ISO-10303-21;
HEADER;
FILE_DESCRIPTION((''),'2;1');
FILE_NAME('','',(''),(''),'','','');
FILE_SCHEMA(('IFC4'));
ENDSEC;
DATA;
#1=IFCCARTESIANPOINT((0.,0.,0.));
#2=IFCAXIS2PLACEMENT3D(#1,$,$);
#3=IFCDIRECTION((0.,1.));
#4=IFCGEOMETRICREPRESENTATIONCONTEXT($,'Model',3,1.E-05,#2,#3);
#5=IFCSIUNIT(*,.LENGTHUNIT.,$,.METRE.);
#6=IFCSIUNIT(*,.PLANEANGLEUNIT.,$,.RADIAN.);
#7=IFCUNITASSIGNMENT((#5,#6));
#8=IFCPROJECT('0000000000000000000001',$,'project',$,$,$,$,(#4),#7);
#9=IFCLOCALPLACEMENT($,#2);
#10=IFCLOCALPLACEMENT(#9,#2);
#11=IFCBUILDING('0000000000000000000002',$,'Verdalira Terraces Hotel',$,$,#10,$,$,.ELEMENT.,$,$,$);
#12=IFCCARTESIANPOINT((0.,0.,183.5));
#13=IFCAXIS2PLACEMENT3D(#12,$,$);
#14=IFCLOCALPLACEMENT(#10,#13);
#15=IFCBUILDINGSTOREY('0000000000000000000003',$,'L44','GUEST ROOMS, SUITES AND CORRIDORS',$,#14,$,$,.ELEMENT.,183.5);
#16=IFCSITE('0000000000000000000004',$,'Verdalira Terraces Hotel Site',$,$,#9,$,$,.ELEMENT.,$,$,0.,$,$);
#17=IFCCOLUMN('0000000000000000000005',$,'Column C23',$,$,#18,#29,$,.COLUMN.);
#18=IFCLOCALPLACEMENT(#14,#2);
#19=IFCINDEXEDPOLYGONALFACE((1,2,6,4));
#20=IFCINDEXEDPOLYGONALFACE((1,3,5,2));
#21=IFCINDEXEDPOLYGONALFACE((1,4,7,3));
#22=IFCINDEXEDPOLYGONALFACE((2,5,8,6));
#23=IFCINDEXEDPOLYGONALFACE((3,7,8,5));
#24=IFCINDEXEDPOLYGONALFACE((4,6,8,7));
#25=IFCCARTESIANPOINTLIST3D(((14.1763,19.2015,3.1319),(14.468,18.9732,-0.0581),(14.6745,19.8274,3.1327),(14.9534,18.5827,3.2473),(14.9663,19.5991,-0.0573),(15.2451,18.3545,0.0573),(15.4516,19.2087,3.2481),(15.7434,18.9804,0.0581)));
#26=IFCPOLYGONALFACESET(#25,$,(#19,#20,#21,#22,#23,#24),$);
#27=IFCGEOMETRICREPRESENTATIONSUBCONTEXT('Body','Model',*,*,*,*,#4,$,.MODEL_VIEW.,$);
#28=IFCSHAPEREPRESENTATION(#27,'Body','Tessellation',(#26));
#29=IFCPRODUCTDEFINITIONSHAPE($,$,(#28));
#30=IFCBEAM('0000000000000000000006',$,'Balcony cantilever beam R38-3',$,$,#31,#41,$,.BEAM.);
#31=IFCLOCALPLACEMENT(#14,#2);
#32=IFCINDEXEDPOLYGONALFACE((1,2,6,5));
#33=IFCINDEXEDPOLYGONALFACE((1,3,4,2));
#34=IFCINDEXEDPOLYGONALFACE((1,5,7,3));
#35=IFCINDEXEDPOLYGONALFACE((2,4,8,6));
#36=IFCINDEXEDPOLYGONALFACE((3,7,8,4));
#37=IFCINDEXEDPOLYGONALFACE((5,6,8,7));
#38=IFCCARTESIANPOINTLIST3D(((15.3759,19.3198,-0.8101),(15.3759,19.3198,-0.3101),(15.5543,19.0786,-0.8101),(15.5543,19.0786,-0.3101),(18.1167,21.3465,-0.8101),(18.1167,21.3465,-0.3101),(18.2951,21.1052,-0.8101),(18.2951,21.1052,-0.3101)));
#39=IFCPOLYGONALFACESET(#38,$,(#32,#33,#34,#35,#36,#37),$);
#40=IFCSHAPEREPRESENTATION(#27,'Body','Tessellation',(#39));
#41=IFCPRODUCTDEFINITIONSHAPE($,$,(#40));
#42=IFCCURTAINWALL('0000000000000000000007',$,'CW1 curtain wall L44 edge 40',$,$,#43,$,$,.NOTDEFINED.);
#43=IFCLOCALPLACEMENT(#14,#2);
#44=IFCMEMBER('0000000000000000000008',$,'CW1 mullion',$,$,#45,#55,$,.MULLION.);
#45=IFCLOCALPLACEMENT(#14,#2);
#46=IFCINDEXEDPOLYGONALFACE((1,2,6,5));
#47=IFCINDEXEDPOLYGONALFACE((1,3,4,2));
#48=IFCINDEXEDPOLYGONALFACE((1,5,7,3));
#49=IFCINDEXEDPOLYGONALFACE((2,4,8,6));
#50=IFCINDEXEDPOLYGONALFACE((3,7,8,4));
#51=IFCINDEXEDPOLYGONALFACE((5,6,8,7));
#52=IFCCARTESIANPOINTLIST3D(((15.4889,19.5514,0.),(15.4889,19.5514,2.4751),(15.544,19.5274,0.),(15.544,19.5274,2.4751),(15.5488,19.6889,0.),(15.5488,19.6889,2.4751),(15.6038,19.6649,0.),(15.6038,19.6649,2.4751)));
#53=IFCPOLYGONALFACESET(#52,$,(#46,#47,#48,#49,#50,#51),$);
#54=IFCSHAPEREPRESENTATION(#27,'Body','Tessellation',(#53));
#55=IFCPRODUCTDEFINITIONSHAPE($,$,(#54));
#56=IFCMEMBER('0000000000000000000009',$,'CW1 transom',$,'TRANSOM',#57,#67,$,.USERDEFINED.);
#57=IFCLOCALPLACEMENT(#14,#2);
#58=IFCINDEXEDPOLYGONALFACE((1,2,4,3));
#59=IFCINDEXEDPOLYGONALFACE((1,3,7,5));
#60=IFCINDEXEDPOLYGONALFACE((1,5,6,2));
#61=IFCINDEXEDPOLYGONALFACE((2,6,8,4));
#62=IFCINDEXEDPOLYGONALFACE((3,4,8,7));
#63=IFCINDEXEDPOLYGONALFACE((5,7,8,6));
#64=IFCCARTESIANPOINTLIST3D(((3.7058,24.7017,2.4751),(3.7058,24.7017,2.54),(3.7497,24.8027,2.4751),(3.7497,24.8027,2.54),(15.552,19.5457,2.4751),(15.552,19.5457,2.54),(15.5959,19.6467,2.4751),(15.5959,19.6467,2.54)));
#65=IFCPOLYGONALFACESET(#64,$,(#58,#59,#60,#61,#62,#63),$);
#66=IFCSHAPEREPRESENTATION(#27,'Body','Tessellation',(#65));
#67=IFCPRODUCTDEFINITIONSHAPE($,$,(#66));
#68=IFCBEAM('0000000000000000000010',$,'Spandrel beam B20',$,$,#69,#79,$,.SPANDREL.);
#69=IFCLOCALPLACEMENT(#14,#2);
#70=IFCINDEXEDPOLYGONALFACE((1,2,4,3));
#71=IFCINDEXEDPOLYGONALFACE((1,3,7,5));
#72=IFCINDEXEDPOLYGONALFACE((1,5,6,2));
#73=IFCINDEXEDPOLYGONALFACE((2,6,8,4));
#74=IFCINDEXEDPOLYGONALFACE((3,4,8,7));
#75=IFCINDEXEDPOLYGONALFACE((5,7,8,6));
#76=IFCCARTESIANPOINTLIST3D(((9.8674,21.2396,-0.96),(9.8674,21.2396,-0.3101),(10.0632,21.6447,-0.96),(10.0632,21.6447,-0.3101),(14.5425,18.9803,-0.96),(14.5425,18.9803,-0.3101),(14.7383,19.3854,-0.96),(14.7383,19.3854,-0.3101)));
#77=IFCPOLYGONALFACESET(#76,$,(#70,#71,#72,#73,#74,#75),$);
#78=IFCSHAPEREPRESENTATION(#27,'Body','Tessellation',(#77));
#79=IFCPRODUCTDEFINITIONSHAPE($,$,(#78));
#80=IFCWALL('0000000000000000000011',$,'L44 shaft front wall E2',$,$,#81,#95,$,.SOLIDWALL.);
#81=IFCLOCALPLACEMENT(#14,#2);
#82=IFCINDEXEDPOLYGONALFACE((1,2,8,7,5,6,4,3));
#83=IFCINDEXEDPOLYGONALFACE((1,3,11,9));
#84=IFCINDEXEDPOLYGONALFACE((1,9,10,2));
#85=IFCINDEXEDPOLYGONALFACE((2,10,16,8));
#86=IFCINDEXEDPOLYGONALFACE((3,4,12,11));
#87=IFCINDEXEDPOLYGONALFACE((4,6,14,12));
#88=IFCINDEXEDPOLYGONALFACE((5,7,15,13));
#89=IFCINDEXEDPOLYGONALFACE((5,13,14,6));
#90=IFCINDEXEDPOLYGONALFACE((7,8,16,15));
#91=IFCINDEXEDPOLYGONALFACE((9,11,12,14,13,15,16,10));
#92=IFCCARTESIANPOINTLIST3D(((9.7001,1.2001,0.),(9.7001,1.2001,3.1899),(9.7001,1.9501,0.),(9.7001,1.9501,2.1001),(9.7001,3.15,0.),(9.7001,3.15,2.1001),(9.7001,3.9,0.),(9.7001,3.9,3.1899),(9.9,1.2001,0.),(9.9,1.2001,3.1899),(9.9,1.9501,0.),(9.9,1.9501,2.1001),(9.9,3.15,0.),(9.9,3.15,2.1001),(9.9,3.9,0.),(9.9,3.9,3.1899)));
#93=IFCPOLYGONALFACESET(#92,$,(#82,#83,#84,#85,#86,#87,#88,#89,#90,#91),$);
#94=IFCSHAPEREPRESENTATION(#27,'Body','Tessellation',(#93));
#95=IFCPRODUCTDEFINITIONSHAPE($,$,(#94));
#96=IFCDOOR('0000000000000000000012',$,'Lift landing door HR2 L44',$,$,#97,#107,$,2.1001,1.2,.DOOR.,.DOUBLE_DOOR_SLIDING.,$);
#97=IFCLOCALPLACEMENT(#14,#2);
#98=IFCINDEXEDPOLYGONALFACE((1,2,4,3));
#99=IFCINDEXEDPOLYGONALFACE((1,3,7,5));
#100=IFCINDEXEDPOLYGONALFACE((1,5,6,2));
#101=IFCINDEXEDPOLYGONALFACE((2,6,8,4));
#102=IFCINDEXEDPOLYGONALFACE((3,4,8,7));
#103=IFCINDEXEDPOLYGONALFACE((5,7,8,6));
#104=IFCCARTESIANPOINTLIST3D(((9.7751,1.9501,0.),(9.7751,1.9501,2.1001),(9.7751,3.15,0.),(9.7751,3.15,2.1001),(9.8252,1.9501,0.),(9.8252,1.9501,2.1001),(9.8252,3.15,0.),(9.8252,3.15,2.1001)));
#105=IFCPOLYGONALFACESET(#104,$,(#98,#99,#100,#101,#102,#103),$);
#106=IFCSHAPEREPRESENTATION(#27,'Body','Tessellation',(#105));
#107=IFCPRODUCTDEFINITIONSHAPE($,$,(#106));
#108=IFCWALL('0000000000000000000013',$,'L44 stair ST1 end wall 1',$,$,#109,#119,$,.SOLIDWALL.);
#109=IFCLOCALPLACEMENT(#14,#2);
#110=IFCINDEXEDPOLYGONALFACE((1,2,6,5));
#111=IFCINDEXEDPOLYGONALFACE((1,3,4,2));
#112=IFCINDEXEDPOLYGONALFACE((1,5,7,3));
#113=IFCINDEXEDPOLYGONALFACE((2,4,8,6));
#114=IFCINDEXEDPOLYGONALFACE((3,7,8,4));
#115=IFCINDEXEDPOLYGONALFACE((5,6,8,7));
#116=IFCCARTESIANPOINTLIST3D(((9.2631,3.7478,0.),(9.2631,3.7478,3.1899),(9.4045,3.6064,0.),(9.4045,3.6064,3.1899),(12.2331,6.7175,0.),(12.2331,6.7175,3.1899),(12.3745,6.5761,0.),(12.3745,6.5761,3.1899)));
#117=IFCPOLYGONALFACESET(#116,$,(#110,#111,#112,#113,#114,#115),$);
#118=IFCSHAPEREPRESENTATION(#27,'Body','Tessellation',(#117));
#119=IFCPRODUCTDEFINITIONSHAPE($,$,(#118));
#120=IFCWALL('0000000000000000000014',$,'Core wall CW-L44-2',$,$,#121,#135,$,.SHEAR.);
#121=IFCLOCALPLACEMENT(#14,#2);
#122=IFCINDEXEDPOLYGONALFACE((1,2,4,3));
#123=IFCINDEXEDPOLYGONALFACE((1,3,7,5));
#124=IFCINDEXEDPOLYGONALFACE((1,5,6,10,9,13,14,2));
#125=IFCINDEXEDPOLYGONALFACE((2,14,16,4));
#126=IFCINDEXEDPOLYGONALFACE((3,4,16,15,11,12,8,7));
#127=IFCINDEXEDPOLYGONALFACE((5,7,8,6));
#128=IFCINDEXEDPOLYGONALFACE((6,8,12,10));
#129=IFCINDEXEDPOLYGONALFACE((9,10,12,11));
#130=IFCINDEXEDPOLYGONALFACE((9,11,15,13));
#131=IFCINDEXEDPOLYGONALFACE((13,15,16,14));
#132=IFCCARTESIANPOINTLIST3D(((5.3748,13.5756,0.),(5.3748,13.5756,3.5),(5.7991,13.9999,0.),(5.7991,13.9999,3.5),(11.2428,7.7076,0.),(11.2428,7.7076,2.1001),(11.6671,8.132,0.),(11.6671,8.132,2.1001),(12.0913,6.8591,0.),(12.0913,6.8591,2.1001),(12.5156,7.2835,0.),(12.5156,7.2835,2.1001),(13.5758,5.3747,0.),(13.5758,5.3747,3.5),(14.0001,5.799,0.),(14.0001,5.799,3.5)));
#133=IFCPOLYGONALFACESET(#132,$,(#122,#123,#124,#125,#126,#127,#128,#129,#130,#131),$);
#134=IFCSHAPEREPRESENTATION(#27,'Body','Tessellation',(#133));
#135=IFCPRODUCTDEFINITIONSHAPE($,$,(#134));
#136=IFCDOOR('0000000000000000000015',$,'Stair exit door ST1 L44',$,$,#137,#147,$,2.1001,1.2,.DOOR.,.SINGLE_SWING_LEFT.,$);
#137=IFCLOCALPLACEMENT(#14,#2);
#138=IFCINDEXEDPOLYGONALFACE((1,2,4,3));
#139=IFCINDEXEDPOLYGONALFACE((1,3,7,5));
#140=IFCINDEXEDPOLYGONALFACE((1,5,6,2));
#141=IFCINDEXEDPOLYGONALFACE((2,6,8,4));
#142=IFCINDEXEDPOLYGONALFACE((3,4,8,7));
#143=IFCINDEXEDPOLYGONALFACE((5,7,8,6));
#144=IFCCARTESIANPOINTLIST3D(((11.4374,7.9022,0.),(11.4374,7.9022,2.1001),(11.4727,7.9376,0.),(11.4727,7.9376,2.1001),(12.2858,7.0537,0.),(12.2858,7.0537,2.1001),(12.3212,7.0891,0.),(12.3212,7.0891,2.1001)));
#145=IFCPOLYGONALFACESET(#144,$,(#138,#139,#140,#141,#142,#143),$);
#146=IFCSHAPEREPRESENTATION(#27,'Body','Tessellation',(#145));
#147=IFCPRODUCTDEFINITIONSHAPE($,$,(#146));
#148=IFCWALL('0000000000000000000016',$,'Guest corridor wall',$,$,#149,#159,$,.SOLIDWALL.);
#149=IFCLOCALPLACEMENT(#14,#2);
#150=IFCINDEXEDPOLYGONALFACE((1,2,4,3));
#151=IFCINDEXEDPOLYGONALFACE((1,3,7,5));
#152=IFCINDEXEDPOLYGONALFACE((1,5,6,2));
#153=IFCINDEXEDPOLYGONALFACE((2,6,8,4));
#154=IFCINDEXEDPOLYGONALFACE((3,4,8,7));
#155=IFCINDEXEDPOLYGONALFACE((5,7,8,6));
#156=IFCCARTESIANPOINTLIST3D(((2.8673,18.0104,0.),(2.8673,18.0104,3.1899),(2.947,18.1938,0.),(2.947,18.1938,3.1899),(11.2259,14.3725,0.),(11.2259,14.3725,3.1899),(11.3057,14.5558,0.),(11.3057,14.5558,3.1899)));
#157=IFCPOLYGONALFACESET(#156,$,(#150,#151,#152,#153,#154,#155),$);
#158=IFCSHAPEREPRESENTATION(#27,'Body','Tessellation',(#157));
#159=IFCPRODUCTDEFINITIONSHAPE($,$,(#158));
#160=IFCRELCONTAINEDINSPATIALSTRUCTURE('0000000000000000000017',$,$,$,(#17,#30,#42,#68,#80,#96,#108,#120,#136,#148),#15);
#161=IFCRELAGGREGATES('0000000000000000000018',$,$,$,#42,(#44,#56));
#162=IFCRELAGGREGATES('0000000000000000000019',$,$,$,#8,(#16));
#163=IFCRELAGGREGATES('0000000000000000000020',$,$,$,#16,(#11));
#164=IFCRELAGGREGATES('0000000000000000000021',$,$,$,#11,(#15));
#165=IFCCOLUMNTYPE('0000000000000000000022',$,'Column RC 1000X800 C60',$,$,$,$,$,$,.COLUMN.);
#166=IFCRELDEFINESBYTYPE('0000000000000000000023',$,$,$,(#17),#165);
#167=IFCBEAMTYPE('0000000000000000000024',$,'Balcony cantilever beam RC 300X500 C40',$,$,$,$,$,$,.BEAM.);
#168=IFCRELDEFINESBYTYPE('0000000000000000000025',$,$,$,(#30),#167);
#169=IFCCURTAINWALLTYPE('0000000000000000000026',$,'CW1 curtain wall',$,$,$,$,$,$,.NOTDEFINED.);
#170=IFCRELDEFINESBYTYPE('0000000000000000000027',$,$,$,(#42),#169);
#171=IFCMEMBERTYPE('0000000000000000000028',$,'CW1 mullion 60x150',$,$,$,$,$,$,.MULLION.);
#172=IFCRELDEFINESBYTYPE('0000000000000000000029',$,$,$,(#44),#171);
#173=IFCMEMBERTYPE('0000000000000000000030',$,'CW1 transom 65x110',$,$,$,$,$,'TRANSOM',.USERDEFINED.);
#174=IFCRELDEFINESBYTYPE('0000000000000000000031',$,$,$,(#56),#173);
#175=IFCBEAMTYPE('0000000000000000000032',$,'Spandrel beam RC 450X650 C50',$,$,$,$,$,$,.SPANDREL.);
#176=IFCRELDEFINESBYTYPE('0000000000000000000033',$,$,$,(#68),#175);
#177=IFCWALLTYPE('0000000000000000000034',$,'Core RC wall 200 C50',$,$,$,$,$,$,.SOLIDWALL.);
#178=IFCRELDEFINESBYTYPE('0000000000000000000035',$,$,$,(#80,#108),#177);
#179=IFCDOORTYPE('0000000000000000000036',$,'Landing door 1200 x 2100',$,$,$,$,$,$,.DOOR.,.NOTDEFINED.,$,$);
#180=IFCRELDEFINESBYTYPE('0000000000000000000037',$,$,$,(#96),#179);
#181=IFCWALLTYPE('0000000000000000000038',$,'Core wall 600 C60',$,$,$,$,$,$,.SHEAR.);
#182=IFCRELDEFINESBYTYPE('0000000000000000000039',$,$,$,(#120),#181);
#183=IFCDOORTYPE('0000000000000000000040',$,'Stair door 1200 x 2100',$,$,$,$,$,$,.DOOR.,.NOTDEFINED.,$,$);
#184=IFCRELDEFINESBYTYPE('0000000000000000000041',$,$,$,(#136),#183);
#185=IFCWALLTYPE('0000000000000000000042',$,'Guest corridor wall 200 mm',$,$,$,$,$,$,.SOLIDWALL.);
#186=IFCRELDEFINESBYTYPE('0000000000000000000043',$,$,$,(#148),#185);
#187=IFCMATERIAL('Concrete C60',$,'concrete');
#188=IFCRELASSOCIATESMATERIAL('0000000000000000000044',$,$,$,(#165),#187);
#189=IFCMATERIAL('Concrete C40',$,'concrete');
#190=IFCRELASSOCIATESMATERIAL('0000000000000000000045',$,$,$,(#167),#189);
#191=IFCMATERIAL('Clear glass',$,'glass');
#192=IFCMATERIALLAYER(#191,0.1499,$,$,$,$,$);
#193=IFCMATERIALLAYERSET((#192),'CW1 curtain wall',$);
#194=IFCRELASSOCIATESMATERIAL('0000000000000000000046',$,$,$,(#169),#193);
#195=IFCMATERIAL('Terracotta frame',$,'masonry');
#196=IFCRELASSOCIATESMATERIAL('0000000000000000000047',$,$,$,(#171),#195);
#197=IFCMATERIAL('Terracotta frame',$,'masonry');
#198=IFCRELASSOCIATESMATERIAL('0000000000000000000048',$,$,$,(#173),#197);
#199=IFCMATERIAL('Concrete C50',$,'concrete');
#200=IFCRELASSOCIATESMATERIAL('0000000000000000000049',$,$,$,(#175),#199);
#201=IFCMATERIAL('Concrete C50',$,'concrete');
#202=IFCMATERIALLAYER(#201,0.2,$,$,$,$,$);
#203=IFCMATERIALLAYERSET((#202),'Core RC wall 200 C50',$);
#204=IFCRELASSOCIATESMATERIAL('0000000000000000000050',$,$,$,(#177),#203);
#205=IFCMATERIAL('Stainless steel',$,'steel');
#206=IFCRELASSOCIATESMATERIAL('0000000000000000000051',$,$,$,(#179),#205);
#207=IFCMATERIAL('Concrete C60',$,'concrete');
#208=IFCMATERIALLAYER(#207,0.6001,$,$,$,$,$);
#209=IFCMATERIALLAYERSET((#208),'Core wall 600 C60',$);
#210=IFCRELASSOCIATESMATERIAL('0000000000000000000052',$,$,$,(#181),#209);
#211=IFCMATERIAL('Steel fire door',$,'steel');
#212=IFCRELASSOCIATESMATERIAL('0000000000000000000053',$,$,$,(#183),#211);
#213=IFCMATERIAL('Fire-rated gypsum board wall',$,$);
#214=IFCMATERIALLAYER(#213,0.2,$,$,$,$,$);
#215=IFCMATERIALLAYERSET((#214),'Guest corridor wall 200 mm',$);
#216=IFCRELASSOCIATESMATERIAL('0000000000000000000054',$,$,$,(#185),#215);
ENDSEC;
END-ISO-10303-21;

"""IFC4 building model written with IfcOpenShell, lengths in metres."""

from ifc_helpers import new_model, si_unit, direction, frame, frame_2d, origin, origin_2d, place, context, subcontext, project, spatial, rectangle, extrude, material, layer, layer_set, material_profile, profile_set, type_object, element, fill, aggregate, save


model = new_model("IFC4")

# Units and contexts
model_context = context("Model", 3, precision=1e-05, world=origin(), true_north=direction((0.0, 1.0)))
body_context = subcontext(model_context, "Body", "Model", "MODEL_VIEW")
ifc_project = project(units=[si_unit("LENGTHUNIT", "METRE"), si_unit("PLANEANGLEUNIT", "RADIAN")], contexts=[model_context])

# Site, building, storey
site_placement = place(None, origin())
site = spatial("IfcSite", under=ifc_project, at=site_placement, Name="Verdalira Terraces Hotel Site", CompositionType="ELEMENT", RefElevation=0.0)
building_placement = place(site_placement, origin())
building = spatial("IfcBuilding", under=site, at=building_placement, Name="Verdalira Terraces Hotel", CompositionType="ELEMENT")
storey_placement = place(building_placement, frame((0.0, 0.0, 183.5)))
storey = spatial("IfcBuildingStorey", under=building, at=storey_placement, Name="L44", Description="GUEST ROOMS, SUITES AND CORRIDORS", CompositionType="ELEMENT", Elevation=183.5)

# Column
ifc_material_1 = material(Name="Concrete C60", Category="concrete")
ifc_material_profile_1 = material_profile(ifc_material_1, rectangle(XDim=1.0, YDim=0.8, at=origin_2d()), Name="RC 1000X800")
ifc_profile_set_1 = profile_set([ifc_material_profile_1], Name="Concrete C60")
column_type = type_object("IfcColumnType", Name="Column RC 1000X800 C60", PredefinedType="COLUMN", material=ifc_profile_set_1)
column_placement = place(storey_placement, frame((15.1057, 18.9768, 0.0), z_axis=(-0.090848, 0.071082, 0.993325), x_axis=(0.777093, -0.618726, 0.115348)))
element("IfcColumn", 1, at=column_placement, inside=storey, type_object=column_type, Name="Column C23", PredefinedType="COLUMN", context=body_context, shape_type="SweptSolid", body=[
    extrude(rectangle(XDim=1.0, YDim=0.8, at=origin_2d()), origin(), (0.0, 0.0, 1.0), 3.2114),
])

# Beam
ifc_material_2 = material(Name="Concrete C40", Category="concrete")
ifc_material_profile_2 = material_profile(ifc_material_2, rectangle(XDim=0.3, YDim=0.5, at=origin_2d()), Name="RC 300X500")
ifc_profile_set_2 = profile_set([ifc_material_profile_2], Name="Concrete C40")
beam_type_1 = type_object("IfcBeamType", Name="Balcony cantilever beam RC 300X500 C40", PredefinedType="BEAM", material=ifc_profile_set_2)
beam_1_placement = place(storey_placement, frame((15.4651, 19.1992, -0.5601), z_axis=(0.804056, 0.594554, 0.0), x_axis=(-0.594554, 0.804056, 0.0)))
element("IfcBeam", 2, at=beam_1_placement, inside=storey, type_object=beam_type_1, Name="Balcony cantilever beam R38-3", PredefinedType="BEAM", context=body_context, shape_type="SweptSolid", body=[
    extrude(rectangle(XDim=0.3, YDim=0.5, at=origin_2d()), origin(), (0.0, 0.0, 1.0), 3.4087),
])

# Curtain wall, members
ifc_material_3 = material(Name="Clear glass", Category="glass")
ifc_layer_1 = layer(ifc_material_3, 0.1499)
ifc_layer_set_1 = layer_set([ifc_layer_1], Name="CW1 curtain wall")
curtain_wall_type = type_object("IfcCurtainWallType", Name="CW1 curtain wall", PredefinedType="NOTDEFINED", material=ifc_layer_set_1)
curtain_wall_placement = place(storey_placement, origin())
curtain_wall = element("IfcCurtainWall", 3, at=curtain_wall_placement, inside=storey, type_object=curtain_wall_type, Name="CW1 curtain wall L44 edge 40", PredefinedType="NOTDEFINED")
ifc_material_4 = material(Name="Terracotta frame", Category="masonry")
ifc_material_profile_3 = material_profile(ifc_material_4, rectangle(XDim=0.0601, YDim=0.1499, at=origin_2d()), Name="MU 60x150")
ifc_profile_set_3 = profile_set([ifc_material_profile_3], Name="Terracotta frame")
member_type_1 = type_object("IfcMemberType", Name="CW1 mullion 60x150", PredefinedType="MULLION", material=ifc_profile_set_3)
member_1_placement = place(storey_placement, frame((15.5464, 19.6082, 0.0), z_axis=(0.0, 0.0, 1.0), x_axis=(-0.916921, 0.399069, 0.0)))
member_1 = element("IfcMember", 4, at=member_1_placement, type_object=member_type_1, Name="CW1 mullion", PredefinedType="MULLION", context=body_context, shape_type="SweptSolid", body=[
    extrude(rectangle(XDim=0.0601, YDim=0.1499, at=origin_2d()), origin(), (0.0, 0.0, 1.0), 2.4751),
])
ifc_material_5 = material(Name="Terracotta frame", Category="masonry")
ifc_material_profile_4 = material_profile(ifc_material_5, rectangle(XDim=0.1101, YDim=0.0649, at=origin_2d()), Name="TR 65x110")
ifc_profile_set_4 = profile_set([ifc_material_profile_4], Name="Terracotta frame")
member_type_2 = type_object("IfcMemberType", Name="CW1 transom 65x110", ElementType="TRANSOM", PredefinedType="USERDEFINED", material=ifc_profile_set_4)
member_2_placement = place(storey_placement, frame((15.574, 19.5962, 2.5076), z_axis=(-0.916915, 0.399083, 0.0), x_axis=(-0.399083, -0.916915, 0.0)))
member_2 = element("IfcMember", 5, at=member_2_placement, type_object=member_type_2, Name="CW1 transom", ObjectType="TRANSOM", PredefinedType="USERDEFINED", context=body_context, shape_type="SweptSolid", body=[
    extrude(rectangle(XDim=0.1101, YDim=0.0649, at=origin_2d()), origin(), (0.0, 0.0, 1.0), 12.9197),
])
aggregate(curtain_wall, [member_1, member_2])

# Beam
ifc_material_6 = material(Name="Concrete C50", Category="concrete")
ifc_material_profile_5 = material_profile(ifc_material_6, rectangle(XDim=0.45, YDim=0.6499, at=origin_2d()), Name="RC 450X650")
ifc_profile_set_5 = profile_set([ifc_material_profile_5], Name="Concrete C50")
beam_type_2 = type_object("IfcBeamType", Name="Spandrel beam RC 450X650 C50", PredefinedType="SPANDREL", material=ifc_profile_set_5)
beam_2_placement = place(storey_placement, frame((14.6404, 19.1829, -0.635), z_axis=(-0.900374, 0.435117, 0.0), x_axis=(-0.435117, -0.900374, 0.0)))
element("IfcBeam", 6, at=beam_2_placement, inside=storey, type_object=beam_type_2, Name="Spandrel beam B20", PredefinedType="SPANDREL", context=body_context, shape_type="SweptSolid", body=[
    extrude(rectangle(XDim=0.45, YDim=0.6499, at=origin_2d()), origin(), (0.0, 0.0, 1.0), 5.1924),
])

# Wall, opening, door
ifc_material_7 = material(Name="Concrete C50", Category="concrete")
ifc_layer_2 = layer(ifc_material_7, 0.2)
ifc_layer_set_2 = layer_set([ifc_layer_2], Name="Core RC wall 200 C50")
wall_type_1 = type_object("IfcWallType", Name="Core RC wall 200 C50", PredefinedType="SOLIDWALL", material=ifc_layer_set_2)
wall_1_placement = place(storey_placement, frame((9.8, 1.2, 0.0), z_axis=(0.0, 0.0, 1.0), x_axis=(0.0, 1.0, 0.0)))
wall_1 = element("IfcWall", 7, at=wall_1_placement, inside=storey, type_object=wall_type_1, Name="L44 shaft front wall E2", PredefinedType="SOLIDWALL", context=body_context, shape_type="SweptSolid", body=[
    extrude(rectangle(XDim=2.7, YDim=0.2, at=frame_2d((1.3501, 0.0))), origin(), (0.0, 0.0, 1.0), 3.1899),
])
opening_1_placement = place(wall_1_placement, frame((0.75, 0.0, 0.0)))
opening_1 = element("IfcOpeningElement", 8, at=opening_1_placement, cuts=wall_1, PredefinedType="OPENING", context=body_context, shape_type="SweptSolid", body=[
    extrude(rectangle(XDim=1.2, YDim=2.1001, at=frame_2d((0.6001, 1.05))), frame((0.0, 0.1099, 0.0), z_axis=(0.0, -1.0, 0.0), x_axis=(1.0, 0.0, 0.0)), (0.0, 0.0, 1.0), 0.22),
])
ifc_material_8 = material(Name="Stainless steel", Category="steel")
door_type_1 = type_object("IfcDoorType", Name="Landing door 1200 x 2100", OperationType="NOTDEFINED", PredefinedType="DOOR", material=ifc_material_8)
door_1_placement = place(opening_1_placement, origin())
door_1 = element("IfcDoor", 9, at=door_1_placement, inside=storey, type_object=door_type_1, Name="Lift landing door HR2 L44", OperationType="DOUBLE_DOOR_SLIDING", OverallHeight=2.1001, OverallWidth=1.2, PredefinedType="DOOR", context=body_context, shape_type="SweptSolid", body=[
    extrude(rectangle(XDim=1.2, YDim=2.1001, at=frame_2d((0.6001, 1.05))), frame((0.0, 0.0249, 0.0), z_axis=(0.0, -1.0, 0.0), x_axis=(1.0, 0.0, 0.0)), (0.0, 0.0, 1.0), 0.05),
])
fill(opening_1, door_1)

# Wall
wall_2_placement = place(storey_placement, frame((9.3337, 3.677, 0.0), z_axis=(0.0, 0.0, 1.0), x_axis=(0.707136, 0.707078, 0.0)))
element("IfcWall", 10, at=wall_2_placement, inside=storey, type_object=wall_type_1, Name="L44 stair ST1 end wall 1", PredefinedType="SOLIDWALL", context=body_context, shape_type="SweptSolid", body=[
    extrude(rectangle(XDim=4.2, YDim=0.2, at=frame_2d((2.1001, 0.0))), origin(), (0.0, 0.0, 1.0), 3.1899),
])

# Wall, opening, door
ifc_material_9 = material(Name="Concrete C60", Category="concrete")
ifc_layer_3 = layer(ifc_material_9, 0.6001)
ifc_layer_set_3 = layer_set([ifc_layer_3], Name="Core wall 600 C60")
wall_type_2 = type_object("IfcWallType", Name="Core wall 600 C60", PredefinedType="SHEAR", material=ifc_layer_set_3)
wall_3_placement = place(storey_placement, frame((13.7878, 5.5869, 0.0), z_axis=(0.0, 0.0, 1.0), x_axis=(-0.707107, 0.707107, 0.0)))
wall_3 = element("IfcWall", 11, at=wall_3_placement, inside=storey, type_object=wall_type_2, Name="Core wall CW-L44-2", PredefinedType="SHEAR", context=body_context, shape_type="SweptSolid", body=[
    extrude(rectangle(XDim=11.5979, YDim=0.6001, at=frame_2d((5.7988, 0.0))), origin(), (0.0, 0.0, 1.0), 3.5),
])
opening_2_placement = place(wall_3_placement, frame((2.0991, 0.0, 0.0)))
opening_2 = element("IfcOpeningElement", 12, at=opening_2_placement, cuts=wall_3, PredefinedType="OPENING", context=body_context, shape_type="SweptSolid", body=[
    extrude(rectangle(XDim=1.2, YDim=2.1001, at=frame_2d((0.6001, 1.05))), frame((0.0, 0.3101, 0.0), z_axis=(0.0, -1.0, 0.0), x_axis=(1.0, 0.0, 0.0)), (0.0, 0.0, 1.0), 0.6201),
])
ifc_material_10 = material(Name="Steel fire door", Category="steel")
door_type_2 = type_object("IfcDoorType", Name="Stair door 1200 x 2100", OperationType="NOTDEFINED", PredefinedType="DOOR", material=ifc_material_10)
door_2_placement = place(opening_2_placement, origin())
door_2 = element("IfcDoor", 13, at=door_2_placement, inside=storey, type_object=door_type_2, Name="Stair exit door ST1 L44", OperationType="SINGLE_SWING_LEFT", OverallHeight=2.1001, OverallWidth=1.2, PredefinedType="DOOR", context=body_context, shape_type="SweptSolid", body=[
    extrude(rectangle(XDim=1.2, YDim=2.1001, at=frame_2d((0.6001, 1.05))), frame((0.0, 0.0249, 0.0), z_axis=(0.0, -1.0, 0.0), x_axis=(1.0, 0.0, 0.0)), (0.0, 0.0, 1.0), 0.05),
])
fill(opening_2, door_2)

# Wall
ifc_material_11 = material(Name="Fire-rated gypsum board wall")
ifc_layer_4 = layer(ifc_material_11, 0.2)
ifc_layer_set_4 = layer_set([ifc_layer_4], Name="Guest corridor wall 200 mm")
wall_type_3 = type_object("IfcWallType", Name="Guest corridor wall 200 mm", PredefinedType="SOLIDWALL", material=ifc_layer_set_4)
wall_4_placement = place(storey_placement, frame((11.2659, 14.4641, 0.0), z_axis=(0.0, 0.0, 1.0), x_axis=(-0.91692, 0.399072, 0.0)))
element("IfcWall", 14, at=wall_4_placement, inside=storey, type_object=wall_type_3, Name="Guest corridor wall", PredefinedType="SOLIDWALL", context=body_context, shape_type="SweptSolid", body=[
    extrude(rectangle(XDim=9.116, YDim=0.2, at=frame_2d((4.5581, 0.0))), origin(), (0.0, 0.0, 1.0), 3.1899),
])

save(model, "model.ifc")
